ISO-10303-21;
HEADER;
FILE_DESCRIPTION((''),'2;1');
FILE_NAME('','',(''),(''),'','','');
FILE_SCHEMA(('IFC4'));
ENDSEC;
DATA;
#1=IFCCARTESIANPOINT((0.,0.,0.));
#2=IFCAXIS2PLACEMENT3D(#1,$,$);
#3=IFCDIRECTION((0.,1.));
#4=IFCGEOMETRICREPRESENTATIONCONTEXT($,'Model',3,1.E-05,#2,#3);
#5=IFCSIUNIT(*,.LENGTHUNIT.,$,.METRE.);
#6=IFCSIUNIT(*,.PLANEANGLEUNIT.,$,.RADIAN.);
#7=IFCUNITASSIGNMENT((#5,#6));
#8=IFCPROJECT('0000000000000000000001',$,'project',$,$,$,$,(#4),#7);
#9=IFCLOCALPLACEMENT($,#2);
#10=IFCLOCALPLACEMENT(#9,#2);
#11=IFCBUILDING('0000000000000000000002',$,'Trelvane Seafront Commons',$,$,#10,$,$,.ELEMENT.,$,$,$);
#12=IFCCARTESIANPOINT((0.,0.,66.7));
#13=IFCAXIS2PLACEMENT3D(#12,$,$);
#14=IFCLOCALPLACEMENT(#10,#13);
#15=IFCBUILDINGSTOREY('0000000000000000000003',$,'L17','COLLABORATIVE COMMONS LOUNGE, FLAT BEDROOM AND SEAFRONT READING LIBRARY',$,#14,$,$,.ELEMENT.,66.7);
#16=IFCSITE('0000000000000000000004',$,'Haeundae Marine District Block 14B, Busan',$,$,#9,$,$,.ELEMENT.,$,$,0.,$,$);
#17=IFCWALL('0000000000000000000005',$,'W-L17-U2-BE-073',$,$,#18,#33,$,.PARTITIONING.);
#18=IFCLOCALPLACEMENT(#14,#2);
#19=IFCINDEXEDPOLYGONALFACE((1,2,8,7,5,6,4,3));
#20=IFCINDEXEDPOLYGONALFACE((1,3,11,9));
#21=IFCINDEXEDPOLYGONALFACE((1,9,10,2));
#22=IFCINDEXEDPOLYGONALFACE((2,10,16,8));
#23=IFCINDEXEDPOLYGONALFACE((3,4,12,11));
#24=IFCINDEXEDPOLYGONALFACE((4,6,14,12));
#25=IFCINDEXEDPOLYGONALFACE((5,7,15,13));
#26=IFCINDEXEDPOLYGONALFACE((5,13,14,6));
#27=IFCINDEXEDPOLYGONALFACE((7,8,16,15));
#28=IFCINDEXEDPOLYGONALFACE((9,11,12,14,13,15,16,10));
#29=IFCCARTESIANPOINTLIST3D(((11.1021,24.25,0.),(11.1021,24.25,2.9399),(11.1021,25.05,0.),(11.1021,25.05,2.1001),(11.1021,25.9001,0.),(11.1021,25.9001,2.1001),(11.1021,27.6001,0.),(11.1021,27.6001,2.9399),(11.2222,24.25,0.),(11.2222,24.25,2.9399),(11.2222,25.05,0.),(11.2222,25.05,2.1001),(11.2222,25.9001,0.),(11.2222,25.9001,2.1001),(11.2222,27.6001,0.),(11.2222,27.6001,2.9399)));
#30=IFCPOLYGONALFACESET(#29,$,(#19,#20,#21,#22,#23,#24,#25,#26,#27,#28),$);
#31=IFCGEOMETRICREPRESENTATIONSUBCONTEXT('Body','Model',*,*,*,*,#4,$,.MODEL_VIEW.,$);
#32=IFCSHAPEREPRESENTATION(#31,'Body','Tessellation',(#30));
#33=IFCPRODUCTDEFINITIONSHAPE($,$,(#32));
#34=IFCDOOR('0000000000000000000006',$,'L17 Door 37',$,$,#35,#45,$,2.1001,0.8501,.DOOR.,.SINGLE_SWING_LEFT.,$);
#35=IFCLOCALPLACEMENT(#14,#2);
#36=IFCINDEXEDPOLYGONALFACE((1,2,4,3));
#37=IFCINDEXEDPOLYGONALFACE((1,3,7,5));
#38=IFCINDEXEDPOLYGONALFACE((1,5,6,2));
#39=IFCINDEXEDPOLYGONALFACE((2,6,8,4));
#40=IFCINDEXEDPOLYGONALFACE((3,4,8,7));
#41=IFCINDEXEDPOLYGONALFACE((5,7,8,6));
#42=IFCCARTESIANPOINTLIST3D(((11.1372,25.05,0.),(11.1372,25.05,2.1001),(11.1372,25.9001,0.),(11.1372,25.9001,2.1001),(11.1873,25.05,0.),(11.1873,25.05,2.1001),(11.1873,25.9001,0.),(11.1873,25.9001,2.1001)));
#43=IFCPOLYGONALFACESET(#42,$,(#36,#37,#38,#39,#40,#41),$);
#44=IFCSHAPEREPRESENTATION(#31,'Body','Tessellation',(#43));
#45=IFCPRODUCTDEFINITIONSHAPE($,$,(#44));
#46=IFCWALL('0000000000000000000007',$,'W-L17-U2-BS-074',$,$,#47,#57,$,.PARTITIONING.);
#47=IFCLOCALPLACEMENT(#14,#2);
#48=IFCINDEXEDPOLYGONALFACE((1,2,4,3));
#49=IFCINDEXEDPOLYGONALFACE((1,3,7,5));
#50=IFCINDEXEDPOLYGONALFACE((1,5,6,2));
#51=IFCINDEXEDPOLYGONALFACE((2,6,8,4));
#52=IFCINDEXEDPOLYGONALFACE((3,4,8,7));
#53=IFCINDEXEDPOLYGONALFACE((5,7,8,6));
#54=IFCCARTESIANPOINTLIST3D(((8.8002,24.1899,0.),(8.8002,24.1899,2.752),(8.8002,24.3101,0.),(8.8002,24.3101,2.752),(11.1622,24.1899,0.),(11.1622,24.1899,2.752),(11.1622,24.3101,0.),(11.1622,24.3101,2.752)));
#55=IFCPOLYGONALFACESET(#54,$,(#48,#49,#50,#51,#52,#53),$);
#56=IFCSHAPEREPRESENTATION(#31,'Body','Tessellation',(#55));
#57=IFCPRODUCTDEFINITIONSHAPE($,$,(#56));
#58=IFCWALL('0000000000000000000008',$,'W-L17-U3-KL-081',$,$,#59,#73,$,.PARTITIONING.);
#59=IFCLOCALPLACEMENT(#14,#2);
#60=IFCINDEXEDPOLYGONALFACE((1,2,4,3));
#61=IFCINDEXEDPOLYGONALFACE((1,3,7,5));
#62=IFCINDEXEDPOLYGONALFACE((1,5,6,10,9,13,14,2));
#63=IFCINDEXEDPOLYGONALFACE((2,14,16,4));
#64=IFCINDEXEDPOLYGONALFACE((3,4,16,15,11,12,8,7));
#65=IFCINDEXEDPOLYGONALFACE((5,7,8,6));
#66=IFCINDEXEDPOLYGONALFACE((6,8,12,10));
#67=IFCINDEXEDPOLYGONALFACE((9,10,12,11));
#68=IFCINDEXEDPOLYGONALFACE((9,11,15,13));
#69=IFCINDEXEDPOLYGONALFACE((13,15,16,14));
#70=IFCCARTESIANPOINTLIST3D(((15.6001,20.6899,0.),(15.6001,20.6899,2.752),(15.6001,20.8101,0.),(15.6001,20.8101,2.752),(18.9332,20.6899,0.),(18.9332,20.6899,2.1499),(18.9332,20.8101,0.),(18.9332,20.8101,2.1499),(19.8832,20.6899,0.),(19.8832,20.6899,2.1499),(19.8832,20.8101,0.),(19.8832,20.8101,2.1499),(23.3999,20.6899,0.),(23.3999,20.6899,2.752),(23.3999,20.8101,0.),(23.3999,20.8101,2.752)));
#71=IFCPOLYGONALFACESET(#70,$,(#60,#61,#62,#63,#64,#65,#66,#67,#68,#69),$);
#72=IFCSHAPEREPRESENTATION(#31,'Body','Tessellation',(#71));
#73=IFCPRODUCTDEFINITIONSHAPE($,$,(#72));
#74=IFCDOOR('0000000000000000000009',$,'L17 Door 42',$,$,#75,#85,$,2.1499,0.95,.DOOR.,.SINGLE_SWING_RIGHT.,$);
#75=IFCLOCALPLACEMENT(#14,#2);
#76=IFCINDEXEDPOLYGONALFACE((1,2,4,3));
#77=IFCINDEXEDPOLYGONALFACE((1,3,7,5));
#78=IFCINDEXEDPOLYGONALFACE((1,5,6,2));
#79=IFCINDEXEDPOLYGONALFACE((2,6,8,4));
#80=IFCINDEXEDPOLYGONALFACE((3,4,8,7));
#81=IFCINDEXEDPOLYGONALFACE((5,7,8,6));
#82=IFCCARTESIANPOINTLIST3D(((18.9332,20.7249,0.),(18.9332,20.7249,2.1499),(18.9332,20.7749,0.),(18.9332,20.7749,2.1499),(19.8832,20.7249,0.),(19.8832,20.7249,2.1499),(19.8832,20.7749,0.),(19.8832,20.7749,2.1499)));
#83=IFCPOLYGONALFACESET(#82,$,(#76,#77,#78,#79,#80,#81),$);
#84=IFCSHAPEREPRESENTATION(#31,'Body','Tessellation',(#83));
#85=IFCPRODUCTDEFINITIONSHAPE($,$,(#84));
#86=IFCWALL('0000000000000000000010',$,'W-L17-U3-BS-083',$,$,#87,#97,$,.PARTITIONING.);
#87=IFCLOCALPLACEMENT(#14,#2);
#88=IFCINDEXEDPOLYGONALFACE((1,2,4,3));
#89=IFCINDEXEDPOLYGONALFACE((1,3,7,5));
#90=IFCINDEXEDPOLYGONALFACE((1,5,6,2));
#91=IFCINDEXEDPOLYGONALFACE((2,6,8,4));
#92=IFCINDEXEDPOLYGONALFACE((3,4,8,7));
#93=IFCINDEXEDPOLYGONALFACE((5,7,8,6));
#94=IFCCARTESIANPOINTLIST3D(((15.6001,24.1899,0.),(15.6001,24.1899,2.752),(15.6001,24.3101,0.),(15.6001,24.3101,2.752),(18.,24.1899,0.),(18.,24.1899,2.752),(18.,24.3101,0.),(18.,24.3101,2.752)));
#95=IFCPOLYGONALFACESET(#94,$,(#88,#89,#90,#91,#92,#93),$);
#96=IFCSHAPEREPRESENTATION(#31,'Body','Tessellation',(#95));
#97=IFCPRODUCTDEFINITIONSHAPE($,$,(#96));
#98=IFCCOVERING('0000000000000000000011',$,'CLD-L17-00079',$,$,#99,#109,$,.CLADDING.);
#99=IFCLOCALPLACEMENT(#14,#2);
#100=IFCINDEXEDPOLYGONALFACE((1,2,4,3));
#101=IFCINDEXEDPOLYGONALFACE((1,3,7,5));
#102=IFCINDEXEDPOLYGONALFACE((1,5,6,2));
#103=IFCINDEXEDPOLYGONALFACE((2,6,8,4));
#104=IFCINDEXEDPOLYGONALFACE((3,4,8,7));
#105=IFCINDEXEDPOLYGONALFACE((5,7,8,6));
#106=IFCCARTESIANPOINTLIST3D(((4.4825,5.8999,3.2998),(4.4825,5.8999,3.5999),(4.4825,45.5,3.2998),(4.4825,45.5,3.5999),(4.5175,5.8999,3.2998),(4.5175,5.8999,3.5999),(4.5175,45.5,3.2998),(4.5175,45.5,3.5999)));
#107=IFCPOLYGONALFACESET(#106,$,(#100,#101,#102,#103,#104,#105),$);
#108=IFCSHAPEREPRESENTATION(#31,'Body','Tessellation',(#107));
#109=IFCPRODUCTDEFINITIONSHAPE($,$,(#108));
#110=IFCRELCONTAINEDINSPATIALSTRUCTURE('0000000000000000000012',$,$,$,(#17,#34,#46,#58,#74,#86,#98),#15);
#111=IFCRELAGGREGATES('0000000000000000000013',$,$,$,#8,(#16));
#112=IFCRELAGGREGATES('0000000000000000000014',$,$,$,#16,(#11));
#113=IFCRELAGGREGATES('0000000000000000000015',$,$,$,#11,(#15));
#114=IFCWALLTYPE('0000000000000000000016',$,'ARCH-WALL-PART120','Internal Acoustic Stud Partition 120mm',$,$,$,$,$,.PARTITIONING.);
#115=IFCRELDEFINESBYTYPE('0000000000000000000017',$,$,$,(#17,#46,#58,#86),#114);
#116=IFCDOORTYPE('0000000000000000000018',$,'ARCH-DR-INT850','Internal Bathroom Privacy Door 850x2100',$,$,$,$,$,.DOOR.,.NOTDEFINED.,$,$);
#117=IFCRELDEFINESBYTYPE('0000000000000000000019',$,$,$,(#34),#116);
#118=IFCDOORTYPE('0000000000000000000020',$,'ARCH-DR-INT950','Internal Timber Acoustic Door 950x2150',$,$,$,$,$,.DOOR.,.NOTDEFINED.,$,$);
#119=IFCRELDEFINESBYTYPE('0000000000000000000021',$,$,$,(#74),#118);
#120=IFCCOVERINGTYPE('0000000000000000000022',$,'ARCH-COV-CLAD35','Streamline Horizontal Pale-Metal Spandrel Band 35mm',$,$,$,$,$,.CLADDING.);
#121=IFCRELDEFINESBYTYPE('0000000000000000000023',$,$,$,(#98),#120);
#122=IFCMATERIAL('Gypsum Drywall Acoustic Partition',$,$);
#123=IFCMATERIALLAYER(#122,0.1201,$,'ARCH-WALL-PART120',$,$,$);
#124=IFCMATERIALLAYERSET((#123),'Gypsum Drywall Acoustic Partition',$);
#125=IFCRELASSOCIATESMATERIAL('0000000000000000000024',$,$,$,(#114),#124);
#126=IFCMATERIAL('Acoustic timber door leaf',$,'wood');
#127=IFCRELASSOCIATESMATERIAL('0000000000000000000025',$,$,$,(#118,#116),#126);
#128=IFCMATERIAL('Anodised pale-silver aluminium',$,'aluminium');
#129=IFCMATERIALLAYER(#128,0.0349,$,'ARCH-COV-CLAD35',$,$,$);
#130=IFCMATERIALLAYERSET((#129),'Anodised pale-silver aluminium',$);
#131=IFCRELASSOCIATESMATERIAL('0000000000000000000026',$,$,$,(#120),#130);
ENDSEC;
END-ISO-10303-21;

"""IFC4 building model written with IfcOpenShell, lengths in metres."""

from ifc_helpers import new_model, si_unit, direction, frame, frame_2d, origin, origin_2d, place, context, subcontext, project, spatial, rectangle, extrude, source, transform, mapped, material, layer, layer_set, type_object, element, fill, save


model = new_model("IFC4")

# Units and contexts
model_context = context("Model", 3, precision=1e-05, world=origin(), true_north=direction((0.0, 1.0)))
body_context = subcontext(model_context, "Body", "Model", "MODEL_VIEW")
ifc_project = project(units=[si_unit("LENGTHUNIT", "METRE"), si_unit("PLANEANGLEUNIT", "RADIAN")], contexts=[model_context])

# Site, building, storey
site_placement = place(None, origin())
site = spatial("IfcSite", under=ifc_project, at=site_placement, Name="Haeundae Marine District Block 14B, Busan", CompositionType="ELEMENT", RefElevation=0.0)
building_placement = place(site_placement, origin())
building = spatial("IfcBuilding", under=site, at=building_placement, Name="Trelvane Seafront Commons", CompositionType="ELEMENT")
storey_placement = place(building_placement, frame((0.0, 0.0, 66.7)))
storey = spatial("IfcBuildingStorey", under=building, at=storey_placement, Name="L17", Description="COLLABORATIVE COMMONS LOUNGE, FLAT BEDROOM AND SEAFRONT READING LIBRARY", CompositionType="ELEMENT", Elevation=66.7)

# Shared definitions
ifc_material_1 = material(Name="Gypsum Drywall Acoustic Partition")
ifc_layer_1 = layer(ifc_material_1, 0.1201, Name="ARCH-WALL-PART120")
ifc_layer_set_1 = layer_set([ifc_layer_1], Name="Gypsum Drywall Acoustic Partition")
wall_type = type_object("IfcWallType", Name="ARCH-WALL-PART120", Description="Internal Acoustic Stud Partition 120mm", PredefinedType="PARTITIONING", material=ifc_layer_set_1)
ifc_material_2 = material(Name="Acoustic timber door leaf", Category="wood")
door_type_1 = type_object("IfcDoorType", Name="ARCH-DR-INT950", Description="Internal Timber Acoustic Door 950x2150", OperationType="NOTDEFINED", PredefinedType="DOOR", material=ifc_material_2)
shared_shape_1 = source(origin(), body_context, "Body", "SweptSolid", [
    extrude(rectangle(XDim=0.95, YDim=2.1499, at=frame_2d((0.4751, 1.075))), frame((0.0, 0.0249, 0.0), z_axis=(0.0, -1.0, 0.0), x_axis=(1.0, 0.0, 0.0)), (0.0, 0.0, 1.0), 0.05),
])
door_type_2 = type_object("IfcDoorType", Name="ARCH-DR-INT850", Description="Internal Bathroom Privacy Door 850x2100", OperationType="NOTDEFINED", PredefinedType="DOOR", material=ifc_material_2)
shared_shape_2 = source(origin(), body_context, "Body", "SweptSolid", [
    extrude(rectangle(XDim=0.8501, YDim=2.1001, at=frame_2d((0.425, 1.05))), frame((0.0, 0.0249, 0.0), z_axis=(0.0, -1.0, 0.0), x_axis=(1.0, 0.0, 0.0)), (0.0, 0.0, 1.0), 0.05),
])

# Wall, opening, door
wall_1_placement = place(storey_placement, frame((11.1621, 24.25, 0.0), z_axis=(0.0, 0.0, 1.0), x_axis=(0.0, 1.0, 0.0)))
wall_1 = element("IfcWall", 1, at=wall_1_placement, inside=storey, type_object=wall_type, Name="W-L17-U2-BE-073", PredefinedType="PARTITIONING", context=body_context, shape_type="SweptSolid", body=[
    extrude(rectangle(XDim=3.3501, YDim=0.1201, at=frame_2d((1.675, 0.0))), origin(), (0.0, 0.0, 1.0), 2.9399),
])
opening_1_placement = place(wall_1_placement, frame((0.8, 0.0, 0.0)))
opening_1 = element("IfcOpeningElement", 2, at=opening_1_placement, cuts=wall_1, PredefinedType="OPENING", context=body_context, shape_type="SweptSolid", body=[
    extrude(rectangle(XDim=0.8501, YDim=2.1001, at=frame_2d((0.425, 1.05))), frame((0.0, 0.0701, 0.0), z_axis=(0.0, -1.0, 0.0), x_axis=(1.0, 0.0, 0.0)), (0.0, 0.0, 1.0), 0.1401),
])
door_1_placement = place(opening_1_placement, origin())
door_1 = element("IfcDoor", 3, at=door_1_placement, inside=storey, type_object=door_type_2, Name="L17 Door 37", OperationType="SINGLE_SWING_LEFT", OverallHeight=2.1001, OverallWidth=0.8501, PredefinedType="DOOR", context=body_context, shape_type="MappedRepresentation", body=[
    mapped(shared_shape_2, transform((0.0, 0.0, 0.0), x_axis=(1.0, 0.0, 0.0), y_axis=(0.0, 1.0, 0.0), z_axis=(0.0, 0.0, 1.0), scale=1.0)),
])
fill(opening_1, door_1)

# Wall
wall_2_placement = place(storey_placement, frame((8.8, 24.25, 0.0), z_axis=(0.0, 0.0, 1.0), x_axis=(1.0, 0.0, 0.0)))
element("IfcWall", 4, at=wall_2_placement, inside=storey, type_object=wall_type, Name="W-L17-U2-BS-074", PredefinedType="PARTITIONING", context=body_context, shape_type="SweptSolid", body=[
    extrude(rectangle(XDim=2.3621, YDim=0.1201, at=frame_2d((1.1812, 0.0))), origin(), (0.0, 0.0, 1.0), 2.752),
])

# Wall, opening, door
wall_3_placement = place(storey_placement, frame((15.6001, 20.75, 0.0), z_axis=(0.0, 0.0, 1.0), x_axis=(1.0, 0.0, 0.0)))
wall_3 = element("IfcWall", 5, at=wall_3_placement, inside=storey, type_object=wall_type, Name="W-L17-U3-KL-081", PredefinedType="PARTITIONING", context=body_context, shape_type="SweptSolid", body=[
    extrude(rectangle(XDim=7.7998, YDim=0.1201, at=frame_2d((3.8999, 0.0))), origin(), (0.0, 0.0, 1.0), 2.752),
])
opening_2_placement = place(wall_3_placement, frame((3.333, 0.0, 0.0)))
opening_2 = element("IfcOpeningElement", 6, at=opening_2_placement, cuts=wall_3, PredefinedType="OPENING", context=body_context, shape_type="SweptSolid", body=[
    extrude(rectangle(XDim=0.95, YDim=2.1499, at=frame_2d((0.4751, 1.075))), frame((0.0, 0.0701, 0.0), z_axis=(0.0, -1.0, 0.0), x_axis=(1.0, 0.0, 0.0)), (0.0, 0.0, 1.0), 0.1401),
])
door_2_placement = place(opening_2_placement, origin())
door_2 = element("IfcDoor", 7, at=door_2_placement, inside=storey, type_object=door_type_1, Name="L17 Door 42", OperationType="SINGLE_SWING_RIGHT", OverallHeight=2.1499, OverallWidth=0.95, PredefinedType="DOOR", context=body_context, shape_type="MappedRepresentation", body=[
    mapped(shared_shape_1, transform((0.0, 0.0, 0.0), x_axis=(1.0, 0.0, 0.0), y_axis=(0.0, 1.0, 0.0), z_axis=(0.0, 0.0, 1.0), scale=1.0)),
])
fill(opening_2, door_2)

# Wall
wall_4_placement = place(storey_placement, frame((15.6001, 24.25, 0.0), z_axis=(0.0, 0.0, 1.0), x_axis=(1.0, 0.0, 0.0)))
element("IfcWall", 8, at=wall_4_placement, inside=storey, type_object=wall_type, Name="W-L17-U3-BS-083", PredefinedType="PARTITIONING", context=body_context, shape_type="SweptSolid", body=[
    extrude(rectangle(XDim=2.3999, YDim=0.1201, at=frame_2d((1.2, 0.0))), origin(), (0.0, 0.0, 1.0), 2.752),
])

# Covering
ifc_material_3 = material(Name="Anodised pale-silver aluminium", Category="aluminium")
ifc_layer_2 = layer(ifc_material_3, 0.0349, Name="ARCH-COV-CLAD35")
ifc_layer_set_2 = layer_set([ifc_layer_2], Name="Anodised pale-silver aluminium")
covering_type = type_object("IfcCoveringType", Name="ARCH-COV-CLAD35", Description="Streamline Horizontal Pale-Metal Spandrel Band 35mm", PredefinedType="CLADDING", material=ifc_layer_set_2)
shared_shape_3 = source(origin(), body_context, "Body", "SweptSolid", [
    extrude(rectangle(XDim=39.6001, YDim=0.0349, at=origin_2d()), origin(), (0.0, 0.0, 1.0), 0.3),
])
covering_placement = place(storey_placement, frame((4.5, 25.7, 3.2998), z_axis=(0.0, 0.0, 1.0), x_axis=(0.0, 1.0, 0.0)))
element("IfcCovering", 9, at=covering_placement, inside=storey, type_object=covering_type, Name="CLD-L17-00079", PredefinedType="CLADDING", context=body_context, shape_type="MappedRepresentation", body=[
    mapped(shared_shape_3, transform((0.0, 0.0, 0.0), x_axis=(1.0, 0.0, 0.0), y_axis=(0.0, 1.0, 0.0), z_axis=(0.0, 0.0, 1.0), scale=1.0)),
])

save(model, "model.ifc")
